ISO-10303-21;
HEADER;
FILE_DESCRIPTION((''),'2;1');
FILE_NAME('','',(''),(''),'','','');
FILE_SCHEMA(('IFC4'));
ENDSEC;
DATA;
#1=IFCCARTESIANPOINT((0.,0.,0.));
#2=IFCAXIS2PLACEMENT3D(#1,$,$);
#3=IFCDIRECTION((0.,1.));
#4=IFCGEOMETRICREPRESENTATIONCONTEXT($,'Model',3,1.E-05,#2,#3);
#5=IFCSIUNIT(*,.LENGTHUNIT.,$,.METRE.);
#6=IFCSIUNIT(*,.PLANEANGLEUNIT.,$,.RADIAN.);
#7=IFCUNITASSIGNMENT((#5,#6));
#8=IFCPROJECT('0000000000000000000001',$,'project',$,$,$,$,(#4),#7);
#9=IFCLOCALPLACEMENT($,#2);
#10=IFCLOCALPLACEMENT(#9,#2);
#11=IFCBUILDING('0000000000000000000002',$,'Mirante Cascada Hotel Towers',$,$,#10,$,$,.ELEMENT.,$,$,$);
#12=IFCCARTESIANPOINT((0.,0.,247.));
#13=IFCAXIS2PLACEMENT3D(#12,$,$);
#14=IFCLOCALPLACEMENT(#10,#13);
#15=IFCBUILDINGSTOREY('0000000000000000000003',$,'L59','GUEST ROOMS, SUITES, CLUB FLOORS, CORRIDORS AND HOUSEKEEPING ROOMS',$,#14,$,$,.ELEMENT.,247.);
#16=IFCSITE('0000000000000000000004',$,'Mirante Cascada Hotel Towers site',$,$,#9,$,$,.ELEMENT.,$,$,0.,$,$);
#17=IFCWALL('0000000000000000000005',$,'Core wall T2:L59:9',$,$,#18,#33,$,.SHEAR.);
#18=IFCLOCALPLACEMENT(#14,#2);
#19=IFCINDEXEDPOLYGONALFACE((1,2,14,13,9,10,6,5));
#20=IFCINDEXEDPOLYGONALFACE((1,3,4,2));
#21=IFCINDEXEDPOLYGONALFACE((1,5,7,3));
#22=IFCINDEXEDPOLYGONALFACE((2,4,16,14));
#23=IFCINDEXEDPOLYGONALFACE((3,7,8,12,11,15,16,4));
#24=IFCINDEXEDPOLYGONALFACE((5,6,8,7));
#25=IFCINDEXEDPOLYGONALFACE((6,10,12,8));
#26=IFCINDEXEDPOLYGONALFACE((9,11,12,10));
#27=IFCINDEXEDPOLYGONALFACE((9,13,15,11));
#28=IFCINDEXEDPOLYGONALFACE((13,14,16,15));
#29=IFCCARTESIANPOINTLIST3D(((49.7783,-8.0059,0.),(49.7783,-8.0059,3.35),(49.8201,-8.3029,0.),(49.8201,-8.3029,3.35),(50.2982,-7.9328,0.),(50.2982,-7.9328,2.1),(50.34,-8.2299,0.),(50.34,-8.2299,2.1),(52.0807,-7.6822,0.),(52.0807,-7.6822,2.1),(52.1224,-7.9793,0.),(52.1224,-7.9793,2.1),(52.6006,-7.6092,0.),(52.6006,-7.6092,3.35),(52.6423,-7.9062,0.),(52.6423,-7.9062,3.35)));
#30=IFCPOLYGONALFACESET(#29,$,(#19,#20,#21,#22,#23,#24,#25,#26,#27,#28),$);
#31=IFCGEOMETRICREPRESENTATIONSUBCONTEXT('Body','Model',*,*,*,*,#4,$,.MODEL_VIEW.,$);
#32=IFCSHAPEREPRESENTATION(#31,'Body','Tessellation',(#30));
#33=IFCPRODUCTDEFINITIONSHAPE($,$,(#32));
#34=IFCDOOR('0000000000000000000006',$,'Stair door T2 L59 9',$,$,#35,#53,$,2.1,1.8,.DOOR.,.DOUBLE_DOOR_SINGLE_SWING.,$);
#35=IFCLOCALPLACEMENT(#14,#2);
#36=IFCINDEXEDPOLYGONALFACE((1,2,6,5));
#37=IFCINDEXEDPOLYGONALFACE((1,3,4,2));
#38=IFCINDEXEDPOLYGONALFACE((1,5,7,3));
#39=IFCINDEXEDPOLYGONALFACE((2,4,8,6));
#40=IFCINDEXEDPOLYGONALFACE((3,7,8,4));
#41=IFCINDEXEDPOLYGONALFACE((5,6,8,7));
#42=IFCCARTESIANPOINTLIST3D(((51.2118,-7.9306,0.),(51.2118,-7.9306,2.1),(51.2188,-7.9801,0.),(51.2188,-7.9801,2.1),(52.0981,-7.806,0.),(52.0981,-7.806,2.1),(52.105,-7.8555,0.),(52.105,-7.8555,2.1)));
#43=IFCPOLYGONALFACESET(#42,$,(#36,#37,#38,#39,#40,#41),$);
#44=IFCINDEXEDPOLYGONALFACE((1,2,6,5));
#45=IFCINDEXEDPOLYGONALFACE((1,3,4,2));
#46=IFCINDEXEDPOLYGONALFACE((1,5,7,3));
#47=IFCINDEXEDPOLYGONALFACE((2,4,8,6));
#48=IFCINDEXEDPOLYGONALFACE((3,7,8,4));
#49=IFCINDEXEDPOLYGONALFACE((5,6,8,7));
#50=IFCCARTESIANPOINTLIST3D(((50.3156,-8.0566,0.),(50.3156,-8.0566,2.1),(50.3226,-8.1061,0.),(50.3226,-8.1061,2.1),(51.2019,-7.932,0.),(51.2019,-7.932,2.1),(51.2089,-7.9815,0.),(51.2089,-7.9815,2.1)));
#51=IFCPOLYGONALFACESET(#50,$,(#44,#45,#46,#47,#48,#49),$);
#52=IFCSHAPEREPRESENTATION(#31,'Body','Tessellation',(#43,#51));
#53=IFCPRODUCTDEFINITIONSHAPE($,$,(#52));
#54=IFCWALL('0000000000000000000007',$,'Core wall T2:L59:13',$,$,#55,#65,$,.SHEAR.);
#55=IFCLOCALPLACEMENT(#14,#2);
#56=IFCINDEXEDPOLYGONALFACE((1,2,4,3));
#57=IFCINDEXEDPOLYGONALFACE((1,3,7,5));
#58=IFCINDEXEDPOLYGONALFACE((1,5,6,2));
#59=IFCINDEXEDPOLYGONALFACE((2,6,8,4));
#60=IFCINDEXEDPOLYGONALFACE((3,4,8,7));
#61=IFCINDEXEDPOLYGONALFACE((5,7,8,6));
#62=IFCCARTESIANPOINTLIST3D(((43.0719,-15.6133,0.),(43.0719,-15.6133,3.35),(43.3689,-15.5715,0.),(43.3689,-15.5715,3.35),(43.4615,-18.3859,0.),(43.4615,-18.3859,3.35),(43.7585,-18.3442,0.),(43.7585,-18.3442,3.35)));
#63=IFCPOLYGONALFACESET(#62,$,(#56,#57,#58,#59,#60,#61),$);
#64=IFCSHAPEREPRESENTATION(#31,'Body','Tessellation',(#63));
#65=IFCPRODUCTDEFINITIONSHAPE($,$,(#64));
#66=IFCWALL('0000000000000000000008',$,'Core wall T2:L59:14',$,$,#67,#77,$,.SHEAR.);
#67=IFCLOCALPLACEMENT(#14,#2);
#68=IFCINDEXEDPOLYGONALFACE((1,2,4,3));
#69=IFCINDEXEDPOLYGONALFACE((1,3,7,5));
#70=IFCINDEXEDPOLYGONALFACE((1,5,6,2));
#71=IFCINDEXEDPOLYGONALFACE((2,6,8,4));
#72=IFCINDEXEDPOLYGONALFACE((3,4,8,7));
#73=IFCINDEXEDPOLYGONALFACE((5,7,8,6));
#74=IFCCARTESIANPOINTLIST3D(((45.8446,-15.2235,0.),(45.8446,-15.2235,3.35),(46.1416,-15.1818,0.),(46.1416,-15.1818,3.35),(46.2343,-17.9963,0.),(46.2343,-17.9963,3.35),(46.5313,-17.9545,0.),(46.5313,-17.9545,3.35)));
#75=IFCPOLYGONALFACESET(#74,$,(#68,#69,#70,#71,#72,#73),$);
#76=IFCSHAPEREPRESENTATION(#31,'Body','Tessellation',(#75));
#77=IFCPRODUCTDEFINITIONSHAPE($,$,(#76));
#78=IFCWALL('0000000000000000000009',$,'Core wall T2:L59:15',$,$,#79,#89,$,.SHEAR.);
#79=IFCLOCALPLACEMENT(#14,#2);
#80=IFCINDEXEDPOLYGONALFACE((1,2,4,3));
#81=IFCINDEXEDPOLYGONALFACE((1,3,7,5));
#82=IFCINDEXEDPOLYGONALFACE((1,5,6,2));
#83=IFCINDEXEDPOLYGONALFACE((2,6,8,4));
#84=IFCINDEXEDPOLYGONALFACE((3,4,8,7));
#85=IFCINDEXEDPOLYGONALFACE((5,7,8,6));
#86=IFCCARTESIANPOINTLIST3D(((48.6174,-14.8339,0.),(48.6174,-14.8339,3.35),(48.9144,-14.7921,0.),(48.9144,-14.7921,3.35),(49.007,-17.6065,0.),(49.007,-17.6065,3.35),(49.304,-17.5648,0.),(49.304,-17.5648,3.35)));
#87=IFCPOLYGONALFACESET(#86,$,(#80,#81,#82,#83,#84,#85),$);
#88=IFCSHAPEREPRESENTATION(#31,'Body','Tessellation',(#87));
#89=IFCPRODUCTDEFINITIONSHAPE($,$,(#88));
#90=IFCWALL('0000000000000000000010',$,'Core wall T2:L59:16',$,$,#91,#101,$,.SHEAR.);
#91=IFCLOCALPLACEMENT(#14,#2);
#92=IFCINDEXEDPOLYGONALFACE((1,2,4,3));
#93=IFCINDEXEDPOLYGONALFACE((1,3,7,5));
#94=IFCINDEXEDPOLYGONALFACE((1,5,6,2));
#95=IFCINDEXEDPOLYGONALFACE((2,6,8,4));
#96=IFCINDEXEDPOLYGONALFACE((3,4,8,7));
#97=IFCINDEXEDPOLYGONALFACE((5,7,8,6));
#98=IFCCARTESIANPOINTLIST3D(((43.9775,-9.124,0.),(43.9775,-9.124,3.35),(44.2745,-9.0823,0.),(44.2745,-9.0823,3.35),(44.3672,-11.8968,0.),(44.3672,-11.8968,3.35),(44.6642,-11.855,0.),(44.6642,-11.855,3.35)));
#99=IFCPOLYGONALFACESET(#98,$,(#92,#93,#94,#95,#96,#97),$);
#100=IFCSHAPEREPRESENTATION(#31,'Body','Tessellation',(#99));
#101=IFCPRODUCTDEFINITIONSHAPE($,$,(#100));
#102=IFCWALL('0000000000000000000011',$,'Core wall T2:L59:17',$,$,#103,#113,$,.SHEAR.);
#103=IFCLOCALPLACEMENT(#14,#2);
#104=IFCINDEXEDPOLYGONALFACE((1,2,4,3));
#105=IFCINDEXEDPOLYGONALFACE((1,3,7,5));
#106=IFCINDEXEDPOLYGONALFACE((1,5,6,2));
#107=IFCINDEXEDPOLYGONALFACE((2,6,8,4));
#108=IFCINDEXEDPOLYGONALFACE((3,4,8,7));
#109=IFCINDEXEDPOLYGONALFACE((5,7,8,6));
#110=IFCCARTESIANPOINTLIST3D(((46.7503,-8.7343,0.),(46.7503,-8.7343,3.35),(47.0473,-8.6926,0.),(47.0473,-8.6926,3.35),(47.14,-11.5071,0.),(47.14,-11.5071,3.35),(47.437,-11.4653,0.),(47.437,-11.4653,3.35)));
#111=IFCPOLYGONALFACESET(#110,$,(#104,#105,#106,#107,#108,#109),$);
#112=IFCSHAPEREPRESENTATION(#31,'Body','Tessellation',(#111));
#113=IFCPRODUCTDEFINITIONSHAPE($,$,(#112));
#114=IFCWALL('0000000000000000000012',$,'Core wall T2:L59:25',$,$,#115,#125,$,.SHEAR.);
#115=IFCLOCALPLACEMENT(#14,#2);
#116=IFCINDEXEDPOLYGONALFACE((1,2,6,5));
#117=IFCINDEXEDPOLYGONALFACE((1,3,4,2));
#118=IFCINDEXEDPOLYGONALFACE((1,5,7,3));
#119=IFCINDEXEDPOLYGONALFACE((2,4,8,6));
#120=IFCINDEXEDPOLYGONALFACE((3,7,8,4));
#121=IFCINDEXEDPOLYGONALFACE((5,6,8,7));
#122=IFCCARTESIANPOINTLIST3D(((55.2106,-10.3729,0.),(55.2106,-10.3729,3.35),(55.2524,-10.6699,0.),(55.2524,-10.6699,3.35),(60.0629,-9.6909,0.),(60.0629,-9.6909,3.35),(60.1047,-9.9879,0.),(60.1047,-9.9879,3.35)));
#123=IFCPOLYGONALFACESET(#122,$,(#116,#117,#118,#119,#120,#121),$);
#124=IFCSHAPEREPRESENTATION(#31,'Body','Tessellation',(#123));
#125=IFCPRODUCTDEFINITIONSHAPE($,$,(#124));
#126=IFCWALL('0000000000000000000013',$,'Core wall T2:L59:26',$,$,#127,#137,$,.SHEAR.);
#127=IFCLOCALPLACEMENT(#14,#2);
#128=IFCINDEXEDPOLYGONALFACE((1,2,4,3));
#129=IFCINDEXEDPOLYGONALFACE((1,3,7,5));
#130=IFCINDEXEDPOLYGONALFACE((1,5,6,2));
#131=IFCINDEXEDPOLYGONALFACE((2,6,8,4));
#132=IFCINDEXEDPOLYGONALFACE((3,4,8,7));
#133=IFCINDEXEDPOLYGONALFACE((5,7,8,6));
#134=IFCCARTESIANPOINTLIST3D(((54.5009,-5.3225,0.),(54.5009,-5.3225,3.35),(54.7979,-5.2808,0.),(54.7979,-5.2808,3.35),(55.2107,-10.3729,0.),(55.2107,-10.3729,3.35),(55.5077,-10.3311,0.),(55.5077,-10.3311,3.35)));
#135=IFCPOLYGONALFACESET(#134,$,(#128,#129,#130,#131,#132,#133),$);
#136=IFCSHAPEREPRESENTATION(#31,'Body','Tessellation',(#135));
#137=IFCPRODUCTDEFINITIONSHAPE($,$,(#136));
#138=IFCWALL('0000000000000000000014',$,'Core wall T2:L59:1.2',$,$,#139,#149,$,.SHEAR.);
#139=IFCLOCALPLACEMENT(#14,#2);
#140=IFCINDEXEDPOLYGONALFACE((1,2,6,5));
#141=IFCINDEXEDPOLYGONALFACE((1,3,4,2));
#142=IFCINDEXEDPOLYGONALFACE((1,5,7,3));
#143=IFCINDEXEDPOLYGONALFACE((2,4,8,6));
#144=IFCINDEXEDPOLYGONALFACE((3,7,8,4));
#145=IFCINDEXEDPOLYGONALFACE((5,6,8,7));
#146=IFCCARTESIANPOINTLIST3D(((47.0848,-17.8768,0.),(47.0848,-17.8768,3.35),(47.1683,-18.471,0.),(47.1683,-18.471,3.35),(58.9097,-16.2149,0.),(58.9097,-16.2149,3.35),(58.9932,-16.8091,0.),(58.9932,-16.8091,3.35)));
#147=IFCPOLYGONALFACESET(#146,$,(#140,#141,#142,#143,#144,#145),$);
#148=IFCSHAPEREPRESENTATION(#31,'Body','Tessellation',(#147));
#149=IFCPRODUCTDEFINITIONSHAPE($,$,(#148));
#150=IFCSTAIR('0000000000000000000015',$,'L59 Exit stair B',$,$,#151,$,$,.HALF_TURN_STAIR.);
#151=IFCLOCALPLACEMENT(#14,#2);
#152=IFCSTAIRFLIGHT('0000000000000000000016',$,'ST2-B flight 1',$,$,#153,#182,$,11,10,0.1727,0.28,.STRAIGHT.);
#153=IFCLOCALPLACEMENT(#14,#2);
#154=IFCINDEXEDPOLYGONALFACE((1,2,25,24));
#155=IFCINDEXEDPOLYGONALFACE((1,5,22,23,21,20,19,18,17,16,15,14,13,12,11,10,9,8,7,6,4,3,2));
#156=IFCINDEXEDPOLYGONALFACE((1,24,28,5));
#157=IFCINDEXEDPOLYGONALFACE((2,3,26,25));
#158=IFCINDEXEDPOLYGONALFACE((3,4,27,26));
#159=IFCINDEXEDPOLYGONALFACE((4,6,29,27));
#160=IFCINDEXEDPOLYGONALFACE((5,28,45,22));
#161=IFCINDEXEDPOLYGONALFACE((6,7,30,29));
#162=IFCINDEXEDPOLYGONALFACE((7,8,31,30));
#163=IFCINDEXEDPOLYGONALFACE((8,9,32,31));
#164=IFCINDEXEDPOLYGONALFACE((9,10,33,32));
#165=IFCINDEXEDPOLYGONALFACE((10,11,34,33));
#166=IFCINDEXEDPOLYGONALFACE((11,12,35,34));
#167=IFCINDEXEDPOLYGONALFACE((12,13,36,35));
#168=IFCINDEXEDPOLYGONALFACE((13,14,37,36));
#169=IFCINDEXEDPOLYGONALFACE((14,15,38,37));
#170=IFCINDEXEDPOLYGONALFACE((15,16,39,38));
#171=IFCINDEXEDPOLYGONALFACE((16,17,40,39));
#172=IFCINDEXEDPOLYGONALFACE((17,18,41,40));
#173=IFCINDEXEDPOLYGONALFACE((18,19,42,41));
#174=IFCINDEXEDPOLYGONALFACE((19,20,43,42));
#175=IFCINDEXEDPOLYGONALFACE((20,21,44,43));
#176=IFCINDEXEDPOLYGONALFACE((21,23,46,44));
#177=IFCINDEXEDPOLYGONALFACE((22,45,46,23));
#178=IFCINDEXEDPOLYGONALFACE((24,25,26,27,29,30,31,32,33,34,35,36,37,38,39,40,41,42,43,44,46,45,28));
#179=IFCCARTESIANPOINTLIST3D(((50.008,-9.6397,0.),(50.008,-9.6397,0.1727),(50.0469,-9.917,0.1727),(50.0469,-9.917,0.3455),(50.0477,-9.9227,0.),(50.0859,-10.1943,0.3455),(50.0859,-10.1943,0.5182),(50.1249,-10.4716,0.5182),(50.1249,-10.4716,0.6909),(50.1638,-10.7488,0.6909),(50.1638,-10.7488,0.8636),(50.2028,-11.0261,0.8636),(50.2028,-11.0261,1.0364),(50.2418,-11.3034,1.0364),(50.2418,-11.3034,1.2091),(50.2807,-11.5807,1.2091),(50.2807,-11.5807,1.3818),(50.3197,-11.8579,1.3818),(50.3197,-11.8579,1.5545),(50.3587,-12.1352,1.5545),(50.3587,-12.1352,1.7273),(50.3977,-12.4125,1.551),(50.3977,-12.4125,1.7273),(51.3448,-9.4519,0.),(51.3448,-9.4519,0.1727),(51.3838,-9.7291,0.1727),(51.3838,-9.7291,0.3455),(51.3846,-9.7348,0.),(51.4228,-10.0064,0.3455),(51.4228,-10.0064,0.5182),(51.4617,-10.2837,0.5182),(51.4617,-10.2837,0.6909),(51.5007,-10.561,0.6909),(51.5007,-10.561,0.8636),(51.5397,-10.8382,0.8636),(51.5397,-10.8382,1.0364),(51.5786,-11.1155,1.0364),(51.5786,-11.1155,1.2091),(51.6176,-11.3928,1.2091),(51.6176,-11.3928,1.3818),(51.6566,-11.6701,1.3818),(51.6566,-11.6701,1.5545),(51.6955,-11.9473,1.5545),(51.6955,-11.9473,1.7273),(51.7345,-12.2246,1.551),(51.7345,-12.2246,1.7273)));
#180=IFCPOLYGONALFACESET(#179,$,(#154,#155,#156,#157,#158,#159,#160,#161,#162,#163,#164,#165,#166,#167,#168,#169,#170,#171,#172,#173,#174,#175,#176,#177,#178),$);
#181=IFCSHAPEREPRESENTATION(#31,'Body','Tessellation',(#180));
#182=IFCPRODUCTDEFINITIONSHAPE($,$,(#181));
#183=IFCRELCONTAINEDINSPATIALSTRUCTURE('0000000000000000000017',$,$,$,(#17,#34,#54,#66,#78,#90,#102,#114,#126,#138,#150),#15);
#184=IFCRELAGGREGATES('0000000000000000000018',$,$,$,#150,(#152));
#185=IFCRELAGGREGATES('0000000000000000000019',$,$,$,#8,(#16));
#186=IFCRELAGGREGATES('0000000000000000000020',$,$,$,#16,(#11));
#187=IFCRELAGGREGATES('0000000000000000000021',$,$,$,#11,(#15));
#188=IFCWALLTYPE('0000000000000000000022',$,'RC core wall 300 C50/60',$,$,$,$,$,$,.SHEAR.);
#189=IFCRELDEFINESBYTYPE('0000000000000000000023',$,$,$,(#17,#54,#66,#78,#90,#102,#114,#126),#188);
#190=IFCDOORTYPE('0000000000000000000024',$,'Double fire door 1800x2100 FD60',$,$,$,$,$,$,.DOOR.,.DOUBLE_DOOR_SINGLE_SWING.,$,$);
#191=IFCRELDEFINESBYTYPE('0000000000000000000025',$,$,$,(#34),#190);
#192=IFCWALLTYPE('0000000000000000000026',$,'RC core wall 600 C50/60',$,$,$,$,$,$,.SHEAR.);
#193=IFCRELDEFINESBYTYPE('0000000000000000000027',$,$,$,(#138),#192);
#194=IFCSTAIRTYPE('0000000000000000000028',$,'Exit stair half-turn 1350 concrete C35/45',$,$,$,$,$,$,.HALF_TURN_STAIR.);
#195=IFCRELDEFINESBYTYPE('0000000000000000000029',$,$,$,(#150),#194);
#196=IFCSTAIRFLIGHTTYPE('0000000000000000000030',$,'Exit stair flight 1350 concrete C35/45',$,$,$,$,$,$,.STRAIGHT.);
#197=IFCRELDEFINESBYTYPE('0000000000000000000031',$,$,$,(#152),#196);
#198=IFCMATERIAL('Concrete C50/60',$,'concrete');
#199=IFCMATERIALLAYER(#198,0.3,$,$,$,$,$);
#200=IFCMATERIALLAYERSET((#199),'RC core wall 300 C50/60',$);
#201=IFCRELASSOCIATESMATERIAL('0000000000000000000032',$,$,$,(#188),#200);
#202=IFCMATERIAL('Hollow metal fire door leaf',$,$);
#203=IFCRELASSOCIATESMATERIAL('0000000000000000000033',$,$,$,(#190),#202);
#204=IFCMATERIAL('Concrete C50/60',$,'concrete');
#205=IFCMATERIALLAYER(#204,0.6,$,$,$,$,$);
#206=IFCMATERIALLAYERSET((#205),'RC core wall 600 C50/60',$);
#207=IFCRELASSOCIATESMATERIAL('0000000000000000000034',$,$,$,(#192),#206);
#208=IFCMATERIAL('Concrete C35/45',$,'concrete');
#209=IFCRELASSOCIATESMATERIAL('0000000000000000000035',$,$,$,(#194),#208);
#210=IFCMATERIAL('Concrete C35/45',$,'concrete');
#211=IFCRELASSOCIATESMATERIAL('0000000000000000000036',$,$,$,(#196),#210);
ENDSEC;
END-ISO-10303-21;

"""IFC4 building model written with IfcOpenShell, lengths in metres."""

from ifc_helpers import new_model, si_unit, direction, frame, frame_2d, origin, place, context, subcontext, project, spatial, polyline, rectangle, outline, extrude, material, layer, layer_set, type_object, element, fill, aggregate, save


model = new_model("IFC4")

# Units and contexts
model_context = context("Model", 3, precision=1e-05, world=origin(), true_north=direction((0.0, 1.0)))
body_context = subcontext(model_context, "Body", "Model", "MODEL_VIEW")
ifc_project = project(units=[si_unit("LENGTHUNIT", "METRE"), si_unit("PLANEANGLEUNIT", "RADIAN")], contexts=[model_context])

# Site, building, storey
site_placement = place(None, origin())
site = spatial("IfcSite", under=ifc_project, at=site_placement, Name="Mirante Cascada Hotel Towers site", CompositionType="ELEMENT", RefElevation=0.0)
building_placement = place(site_placement, origin())
building = spatial("IfcBuilding", under=site, at=building_placement, Name="Mirante Cascada Hotel Towers", CompositionType="ELEMENT")
storey_placement = place(building_placement, frame((0.0, 0.0, 247.0)))
storey = spatial("IfcBuildingStorey", under=building, at=storey_placement, Name="L59", Description="GUEST ROOMS, SUITES, CLUB FLOORS, CORRIDORS AND HOUSEKEEPING ROOMS", CompositionType="ELEMENT", Elevation=247.0)

# Shared definitions
ifc_material_1 = material(Name="Concrete C50/60", Category="concrete")
ifc_layer_1 = layer(ifc_material_1, 0.3)
ifc_layer_set_1 = layer_set([ifc_layer_1], Name="RC core wall 300 C50/60")
wall_type_1 = type_object("IfcWallType", Name="RC core wall 300 C50/60", PredefinedType="SHEAR", material=ifc_layer_set_1)

# Wall, opening, door
wall_1_placement = place(storey_placement, frame((49.7992, -8.1544, 0.0), z_axis=(0.0, 0.0, 1.0), x_axis=(0.990266, 0.139191, 0.0)))
wall_1 = element("IfcWall", 1, at=wall_1_placement, inside=storey, type_object=wall_type_1, Name="Core wall T2:L59:9", PredefinedType="SHEAR", context=body_context, shape_type="SweptSolid", body=[
    extrude(rectangle(XDim=2.85, YDim=0.3, at=frame_2d((1.425, 0.0))), origin(), (0.0, 0.0, 1.0), 3.35),
])
opening_1_placement = place(wall_1_placement, frame((0.525, 0.0, 0.0)))
opening_1 = element("IfcOpeningElement", 2, at=opening_1_placement, cuts=wall_1, PredefinedType="OPENING", context=body_context, shape_type="SweptSolid", body=[
    extrude(rectangle(XDim=1.8, YDim=2.1, at=frame_2d((0.9, 1.05))), frame((0.0, 0.15, 0.0), z_axis=(0.0, -1.0, 0.0), x_axis=(1.0, 0.0, 0.0)), (0.0, 0.0, 1.0), 0.3),
])
ifc_material_2 = material(Name="Hollow metal fire door leaf")
door_type_1 = type_object("IfcDoorType", Name="Double fire door 1800x2100 FD60", OperationType="DOUBLE_DOOR_SINGLE_SWING", PredefinedType="DOOR", material=ifc_material_2)
door_1_placement = place(opening_1_placement, frame((1.8, 0.0, 0.0), z_axis=(0.0, 0.0, 1.0), x_axis=(-1.0, 0.0, 0.0)))
door_1 = element("IfcDoor", 3, at=door_1_placement, inside=storey, type_object=door_type_1, Name="Stair door T2 L59 9", OperationType="DOUBLE_DOOR_SINGLE_SWING", OverallHeight=2.1, OverallWidth=1.8, PredefinedType="DOOR", context=body_context, shape_type="SweptSolid", body=[
    extrude(rectangle(XDim=0.895, YDim=2.1, at=frame_2d((0.4475, 1.05))), frame((0.0, 0.025, 0.0), z_axis=(0.0, -1.0, 0.0), x_axis=(1.0, 0.0, 0.0)), (0.0, 0.0, 1.0), 0.05),
    extrude(rectangle(XDim=0.895, YDim=2.1, at=frame_2d((1.3525, 1.05))), frame((0.0, 0.025, 0.0), z_axis=(0.0, -1.0, 0.0), x_axis=(1.0, 0.0, 0.0)), (0.0, 0.0, 1.0), 0.05),
])
fill(opening_1, door_1)

# Walls
wall_2_placement = place(storey_placement, frame((43.61, -18.3651, 0.0), z_axis=(0.0, 0.0, 1.0), x_axis=(-0.139146, 0.990272, 0.0)))
element("IfcWall", 4, at=wall_2_placement, inside=storey, type_object=wall_type_1, Name="Core wall T2:L59:13", PredefinedType="SHEAR", context=body_context, shape_type="SweptSolid", body=[
    extrude(rectangle(XDim=2.7999, YDim=0.3, at=frame_2d((1.4, 0.0))), origin(), (0.0, 0.0, 1.0), 3.35),
])
wall_3_placement = place(storey_placement, frame((46.3828, -17.9754, 0.0), z_axis=(0.0, 0.0, 1.0), x_axis=(-0.139181, 0.990267, 0.0)))
element("IfcWall", 5, at=wall_3_placement, inside=storey, type_object=wall_type_1, Name="Core wall T2:L59:14", PredefinedType="SHEAR", context=body_context, shape_type="SweptSolid", body=[
    extrude(rectangle(XDim=2.8, YDim=0.3, at=frame_2d((1.4, 0.0))), origin(), (0.0, 0.0, 1.0), 3.35),
])
wall_4_placement = place(storey_placement, frame((49.1555, -17.5857, 0.0), z_axis=(0.0, 0.0, 1.0), x_axis=(-0.139146, 0.990272, 0.0)))
element("IfcWall", 6, at=wall_4_placement, inside=storey, type_object=wall_type_1, Name="Core wall T2:L59:15", PredefinedType="SHEAR", context=body_context, shape_type="SweptSolid", body=[
    extrude(rectangle(XDim=2.7999, YDim=0.3, at=frame_2d((1.4, 0.0))), origin(), (0.0, 0.0, 1.0), 3.35),
])
for number, where, z_axis, x_axis, name in (
    (7, (44.5157, -11.8759, 0.0), (0.0, 0.0, 1.0), (-0.139181, 0.990267, 0.0), "Core wall T2:L59:16"),
    (8, (47.2885, -11.4862, 0.0), (0.0, 0.0, 1.0), (-0.139181, 0.990267, 0.0), "Core wall T2:L59:17"),
):
    element("IfcWall", number, at=place(storey_placement, frame(where, z_axis=z_axis, x_axis=x_axis)), inside=storey, type_object=wall_type_1, Name=name, PredefinedType="SHEAR", context=body_context, shape_type="SweptSolid", body=[
        extrude(rectangle(XDim=2.8, YDim=0.3, at=frame_2d((1.4, 0.0))), origin(), (0.0, 0.0, 1.0), 3.35),
    ])
wall_5_placement = place(storey_placement, frame((55.2315, -10.5214, 0.0), z_axis=(0.0, 0.0, 1.0), x_axis=(0.990267, 0.139184, 0.0)))
element("IfcWall", 9, at=wall_5_placement, inside=storey, type_object=wall_type_1, Name="Core wall T2:L59:25", PredefinedType="SHEAR", context=body_context, shape_type="SweptSolid", body=[
    extrude(rectangle(XDim=4.9, YDim=0.3, at=frame_2d((2.45, 0.0))), origin(), (0.0, 0.0, 1.0), 3.35),
])
wall_6_placement = place(storey_placement, frame((55.3592, -10.352, 0.0), z_axis=(0.0, 0.0, 1.0), x_axis=(-0.139176, 0.990268, 0.0)))
element("IfcWall", 10, at=wall_6_placement, inside=storey, type_object=wall_type_1, Name="Core wall T2:L59:26", PredefinedType="SHEAR", context=body_context, shape_type="SweptSolid", body=[
    extrude(rectangle(XDim=5.1, YDim=0.3, at=frame_2d((2.55, 0.0))), origin(), (0.0, 0.0, 1.0), 3.35),
])
ifc_material_3 = material(Name="Concrete C50/60", Category="concrete")
ifc_layer_2 = layer(ifc_material_3, 0.6)
ifc_layer_set_2 = layer_set([ifc_layer_2], Name="RC core wall 600 C50/60")
wall_type_2 = type_object("IfcWallType", Name="RC core wall 600 C50/60", PredefinedType="SHEAR", material=ifc_layer_set_2)
wall_7_placement = place(storey_placement, frame((47.1265, -18.1739, 0.0), z_axis=(0.0, 0.0, 1.0), x_axis=(0.990268, 0.139175, 0.0)))
element("IfcWall", 11, at=wall_7_placement, inside=storey, type_object=wall_type_2, Name="Core wall T2:L59:1.2", PredefinedType="SHEAR", context=body_context, shape_type="SweptSolid", body=[
    extrude(rectangle(XDim=11.9411, YDim=0.6, at=frame_2d((5.9706, 0.0))), origin(), (0.0, 0.0, 1.0), 3.35),
])

# Stair, stair flight
ifc_material_4 = material(Name="Concrete C35/45", Category="concrete")
stair_type = type_object("IfcStairType", Name="Exit stair half-turn 1350 concrete C35/45", PredefinedType="HALF_TURN_STAIR", material=ifc_material_4)
stair_placement = place(storey_placement, origin())
stair = element("IfcStair", 12, at=stair_placement, inside=storey, type_object=stair_type, Name="L59 Exit stair B", PredefinedType="HALF_TURN_STAIR")
ifc_material_5 = material(Name="Concrete C35/45", Category="concrete")
stair_flight_type = type_object("IfcStairFlightType", Name="Exit stair flight 1350 concrete C35/45", PredefinedType="STRAIGHT", material=ifc_material_5)
stair_flight_1_placement = place(storey_placement, frame((50.6764, -9.5458, 0.0), z_axis=(0.0, 0.0, 1.0), x_axis=(0.139173, -0.990268, 0.0)))
stair_flight_1 = element("IfcStairFlight", 13, at=stair_flight_1_placement, type_object=stair_flight_type, Name="ST2-B flight 1", NumberOfRisers=11, NumberOfTreads=10, PredefinedType="STRAIGHT", RiserHeight=0.1727, TreadLength=0.28, context=body_context, shape_type="SweptSolid", body=[
    extrude(outline(polyline([(0.0, 0.0), (0.0, 0.1727), (0.28, 0.1727), (0.28, 0.3455), (0.56, 0.3455), (0.56, 0.5182), (0.84, 0.5182), (0.84, 0.6909), (1.12, 0.6909), (1.12, 0.8636), (1.4, 0.8636), (1.4, 1.0364), (1.68, 1.0364), (1.68, 1.2091), (1.96, 1.2091), (1.96, 1.3818), (2.24, 1.3818), (2.24, 1.5545), (2.52, 1.5545), (2.52, 1.7273), (2.8, 1.7273), (2.8, 1.9), (2.8, 1.551), (0.2857, 0.0), (0.0, 0.0)])), frame((0.0, 0.675, 0.0), z_axis=(0.0, -1.0, 0.0), x_axis=(1.0, 0.0, 0.0)), (0.0, 0.0, 1.0), 1.35),
])
aggregate(stair, [stair_flight_1])

save(model, "model.ifc")
